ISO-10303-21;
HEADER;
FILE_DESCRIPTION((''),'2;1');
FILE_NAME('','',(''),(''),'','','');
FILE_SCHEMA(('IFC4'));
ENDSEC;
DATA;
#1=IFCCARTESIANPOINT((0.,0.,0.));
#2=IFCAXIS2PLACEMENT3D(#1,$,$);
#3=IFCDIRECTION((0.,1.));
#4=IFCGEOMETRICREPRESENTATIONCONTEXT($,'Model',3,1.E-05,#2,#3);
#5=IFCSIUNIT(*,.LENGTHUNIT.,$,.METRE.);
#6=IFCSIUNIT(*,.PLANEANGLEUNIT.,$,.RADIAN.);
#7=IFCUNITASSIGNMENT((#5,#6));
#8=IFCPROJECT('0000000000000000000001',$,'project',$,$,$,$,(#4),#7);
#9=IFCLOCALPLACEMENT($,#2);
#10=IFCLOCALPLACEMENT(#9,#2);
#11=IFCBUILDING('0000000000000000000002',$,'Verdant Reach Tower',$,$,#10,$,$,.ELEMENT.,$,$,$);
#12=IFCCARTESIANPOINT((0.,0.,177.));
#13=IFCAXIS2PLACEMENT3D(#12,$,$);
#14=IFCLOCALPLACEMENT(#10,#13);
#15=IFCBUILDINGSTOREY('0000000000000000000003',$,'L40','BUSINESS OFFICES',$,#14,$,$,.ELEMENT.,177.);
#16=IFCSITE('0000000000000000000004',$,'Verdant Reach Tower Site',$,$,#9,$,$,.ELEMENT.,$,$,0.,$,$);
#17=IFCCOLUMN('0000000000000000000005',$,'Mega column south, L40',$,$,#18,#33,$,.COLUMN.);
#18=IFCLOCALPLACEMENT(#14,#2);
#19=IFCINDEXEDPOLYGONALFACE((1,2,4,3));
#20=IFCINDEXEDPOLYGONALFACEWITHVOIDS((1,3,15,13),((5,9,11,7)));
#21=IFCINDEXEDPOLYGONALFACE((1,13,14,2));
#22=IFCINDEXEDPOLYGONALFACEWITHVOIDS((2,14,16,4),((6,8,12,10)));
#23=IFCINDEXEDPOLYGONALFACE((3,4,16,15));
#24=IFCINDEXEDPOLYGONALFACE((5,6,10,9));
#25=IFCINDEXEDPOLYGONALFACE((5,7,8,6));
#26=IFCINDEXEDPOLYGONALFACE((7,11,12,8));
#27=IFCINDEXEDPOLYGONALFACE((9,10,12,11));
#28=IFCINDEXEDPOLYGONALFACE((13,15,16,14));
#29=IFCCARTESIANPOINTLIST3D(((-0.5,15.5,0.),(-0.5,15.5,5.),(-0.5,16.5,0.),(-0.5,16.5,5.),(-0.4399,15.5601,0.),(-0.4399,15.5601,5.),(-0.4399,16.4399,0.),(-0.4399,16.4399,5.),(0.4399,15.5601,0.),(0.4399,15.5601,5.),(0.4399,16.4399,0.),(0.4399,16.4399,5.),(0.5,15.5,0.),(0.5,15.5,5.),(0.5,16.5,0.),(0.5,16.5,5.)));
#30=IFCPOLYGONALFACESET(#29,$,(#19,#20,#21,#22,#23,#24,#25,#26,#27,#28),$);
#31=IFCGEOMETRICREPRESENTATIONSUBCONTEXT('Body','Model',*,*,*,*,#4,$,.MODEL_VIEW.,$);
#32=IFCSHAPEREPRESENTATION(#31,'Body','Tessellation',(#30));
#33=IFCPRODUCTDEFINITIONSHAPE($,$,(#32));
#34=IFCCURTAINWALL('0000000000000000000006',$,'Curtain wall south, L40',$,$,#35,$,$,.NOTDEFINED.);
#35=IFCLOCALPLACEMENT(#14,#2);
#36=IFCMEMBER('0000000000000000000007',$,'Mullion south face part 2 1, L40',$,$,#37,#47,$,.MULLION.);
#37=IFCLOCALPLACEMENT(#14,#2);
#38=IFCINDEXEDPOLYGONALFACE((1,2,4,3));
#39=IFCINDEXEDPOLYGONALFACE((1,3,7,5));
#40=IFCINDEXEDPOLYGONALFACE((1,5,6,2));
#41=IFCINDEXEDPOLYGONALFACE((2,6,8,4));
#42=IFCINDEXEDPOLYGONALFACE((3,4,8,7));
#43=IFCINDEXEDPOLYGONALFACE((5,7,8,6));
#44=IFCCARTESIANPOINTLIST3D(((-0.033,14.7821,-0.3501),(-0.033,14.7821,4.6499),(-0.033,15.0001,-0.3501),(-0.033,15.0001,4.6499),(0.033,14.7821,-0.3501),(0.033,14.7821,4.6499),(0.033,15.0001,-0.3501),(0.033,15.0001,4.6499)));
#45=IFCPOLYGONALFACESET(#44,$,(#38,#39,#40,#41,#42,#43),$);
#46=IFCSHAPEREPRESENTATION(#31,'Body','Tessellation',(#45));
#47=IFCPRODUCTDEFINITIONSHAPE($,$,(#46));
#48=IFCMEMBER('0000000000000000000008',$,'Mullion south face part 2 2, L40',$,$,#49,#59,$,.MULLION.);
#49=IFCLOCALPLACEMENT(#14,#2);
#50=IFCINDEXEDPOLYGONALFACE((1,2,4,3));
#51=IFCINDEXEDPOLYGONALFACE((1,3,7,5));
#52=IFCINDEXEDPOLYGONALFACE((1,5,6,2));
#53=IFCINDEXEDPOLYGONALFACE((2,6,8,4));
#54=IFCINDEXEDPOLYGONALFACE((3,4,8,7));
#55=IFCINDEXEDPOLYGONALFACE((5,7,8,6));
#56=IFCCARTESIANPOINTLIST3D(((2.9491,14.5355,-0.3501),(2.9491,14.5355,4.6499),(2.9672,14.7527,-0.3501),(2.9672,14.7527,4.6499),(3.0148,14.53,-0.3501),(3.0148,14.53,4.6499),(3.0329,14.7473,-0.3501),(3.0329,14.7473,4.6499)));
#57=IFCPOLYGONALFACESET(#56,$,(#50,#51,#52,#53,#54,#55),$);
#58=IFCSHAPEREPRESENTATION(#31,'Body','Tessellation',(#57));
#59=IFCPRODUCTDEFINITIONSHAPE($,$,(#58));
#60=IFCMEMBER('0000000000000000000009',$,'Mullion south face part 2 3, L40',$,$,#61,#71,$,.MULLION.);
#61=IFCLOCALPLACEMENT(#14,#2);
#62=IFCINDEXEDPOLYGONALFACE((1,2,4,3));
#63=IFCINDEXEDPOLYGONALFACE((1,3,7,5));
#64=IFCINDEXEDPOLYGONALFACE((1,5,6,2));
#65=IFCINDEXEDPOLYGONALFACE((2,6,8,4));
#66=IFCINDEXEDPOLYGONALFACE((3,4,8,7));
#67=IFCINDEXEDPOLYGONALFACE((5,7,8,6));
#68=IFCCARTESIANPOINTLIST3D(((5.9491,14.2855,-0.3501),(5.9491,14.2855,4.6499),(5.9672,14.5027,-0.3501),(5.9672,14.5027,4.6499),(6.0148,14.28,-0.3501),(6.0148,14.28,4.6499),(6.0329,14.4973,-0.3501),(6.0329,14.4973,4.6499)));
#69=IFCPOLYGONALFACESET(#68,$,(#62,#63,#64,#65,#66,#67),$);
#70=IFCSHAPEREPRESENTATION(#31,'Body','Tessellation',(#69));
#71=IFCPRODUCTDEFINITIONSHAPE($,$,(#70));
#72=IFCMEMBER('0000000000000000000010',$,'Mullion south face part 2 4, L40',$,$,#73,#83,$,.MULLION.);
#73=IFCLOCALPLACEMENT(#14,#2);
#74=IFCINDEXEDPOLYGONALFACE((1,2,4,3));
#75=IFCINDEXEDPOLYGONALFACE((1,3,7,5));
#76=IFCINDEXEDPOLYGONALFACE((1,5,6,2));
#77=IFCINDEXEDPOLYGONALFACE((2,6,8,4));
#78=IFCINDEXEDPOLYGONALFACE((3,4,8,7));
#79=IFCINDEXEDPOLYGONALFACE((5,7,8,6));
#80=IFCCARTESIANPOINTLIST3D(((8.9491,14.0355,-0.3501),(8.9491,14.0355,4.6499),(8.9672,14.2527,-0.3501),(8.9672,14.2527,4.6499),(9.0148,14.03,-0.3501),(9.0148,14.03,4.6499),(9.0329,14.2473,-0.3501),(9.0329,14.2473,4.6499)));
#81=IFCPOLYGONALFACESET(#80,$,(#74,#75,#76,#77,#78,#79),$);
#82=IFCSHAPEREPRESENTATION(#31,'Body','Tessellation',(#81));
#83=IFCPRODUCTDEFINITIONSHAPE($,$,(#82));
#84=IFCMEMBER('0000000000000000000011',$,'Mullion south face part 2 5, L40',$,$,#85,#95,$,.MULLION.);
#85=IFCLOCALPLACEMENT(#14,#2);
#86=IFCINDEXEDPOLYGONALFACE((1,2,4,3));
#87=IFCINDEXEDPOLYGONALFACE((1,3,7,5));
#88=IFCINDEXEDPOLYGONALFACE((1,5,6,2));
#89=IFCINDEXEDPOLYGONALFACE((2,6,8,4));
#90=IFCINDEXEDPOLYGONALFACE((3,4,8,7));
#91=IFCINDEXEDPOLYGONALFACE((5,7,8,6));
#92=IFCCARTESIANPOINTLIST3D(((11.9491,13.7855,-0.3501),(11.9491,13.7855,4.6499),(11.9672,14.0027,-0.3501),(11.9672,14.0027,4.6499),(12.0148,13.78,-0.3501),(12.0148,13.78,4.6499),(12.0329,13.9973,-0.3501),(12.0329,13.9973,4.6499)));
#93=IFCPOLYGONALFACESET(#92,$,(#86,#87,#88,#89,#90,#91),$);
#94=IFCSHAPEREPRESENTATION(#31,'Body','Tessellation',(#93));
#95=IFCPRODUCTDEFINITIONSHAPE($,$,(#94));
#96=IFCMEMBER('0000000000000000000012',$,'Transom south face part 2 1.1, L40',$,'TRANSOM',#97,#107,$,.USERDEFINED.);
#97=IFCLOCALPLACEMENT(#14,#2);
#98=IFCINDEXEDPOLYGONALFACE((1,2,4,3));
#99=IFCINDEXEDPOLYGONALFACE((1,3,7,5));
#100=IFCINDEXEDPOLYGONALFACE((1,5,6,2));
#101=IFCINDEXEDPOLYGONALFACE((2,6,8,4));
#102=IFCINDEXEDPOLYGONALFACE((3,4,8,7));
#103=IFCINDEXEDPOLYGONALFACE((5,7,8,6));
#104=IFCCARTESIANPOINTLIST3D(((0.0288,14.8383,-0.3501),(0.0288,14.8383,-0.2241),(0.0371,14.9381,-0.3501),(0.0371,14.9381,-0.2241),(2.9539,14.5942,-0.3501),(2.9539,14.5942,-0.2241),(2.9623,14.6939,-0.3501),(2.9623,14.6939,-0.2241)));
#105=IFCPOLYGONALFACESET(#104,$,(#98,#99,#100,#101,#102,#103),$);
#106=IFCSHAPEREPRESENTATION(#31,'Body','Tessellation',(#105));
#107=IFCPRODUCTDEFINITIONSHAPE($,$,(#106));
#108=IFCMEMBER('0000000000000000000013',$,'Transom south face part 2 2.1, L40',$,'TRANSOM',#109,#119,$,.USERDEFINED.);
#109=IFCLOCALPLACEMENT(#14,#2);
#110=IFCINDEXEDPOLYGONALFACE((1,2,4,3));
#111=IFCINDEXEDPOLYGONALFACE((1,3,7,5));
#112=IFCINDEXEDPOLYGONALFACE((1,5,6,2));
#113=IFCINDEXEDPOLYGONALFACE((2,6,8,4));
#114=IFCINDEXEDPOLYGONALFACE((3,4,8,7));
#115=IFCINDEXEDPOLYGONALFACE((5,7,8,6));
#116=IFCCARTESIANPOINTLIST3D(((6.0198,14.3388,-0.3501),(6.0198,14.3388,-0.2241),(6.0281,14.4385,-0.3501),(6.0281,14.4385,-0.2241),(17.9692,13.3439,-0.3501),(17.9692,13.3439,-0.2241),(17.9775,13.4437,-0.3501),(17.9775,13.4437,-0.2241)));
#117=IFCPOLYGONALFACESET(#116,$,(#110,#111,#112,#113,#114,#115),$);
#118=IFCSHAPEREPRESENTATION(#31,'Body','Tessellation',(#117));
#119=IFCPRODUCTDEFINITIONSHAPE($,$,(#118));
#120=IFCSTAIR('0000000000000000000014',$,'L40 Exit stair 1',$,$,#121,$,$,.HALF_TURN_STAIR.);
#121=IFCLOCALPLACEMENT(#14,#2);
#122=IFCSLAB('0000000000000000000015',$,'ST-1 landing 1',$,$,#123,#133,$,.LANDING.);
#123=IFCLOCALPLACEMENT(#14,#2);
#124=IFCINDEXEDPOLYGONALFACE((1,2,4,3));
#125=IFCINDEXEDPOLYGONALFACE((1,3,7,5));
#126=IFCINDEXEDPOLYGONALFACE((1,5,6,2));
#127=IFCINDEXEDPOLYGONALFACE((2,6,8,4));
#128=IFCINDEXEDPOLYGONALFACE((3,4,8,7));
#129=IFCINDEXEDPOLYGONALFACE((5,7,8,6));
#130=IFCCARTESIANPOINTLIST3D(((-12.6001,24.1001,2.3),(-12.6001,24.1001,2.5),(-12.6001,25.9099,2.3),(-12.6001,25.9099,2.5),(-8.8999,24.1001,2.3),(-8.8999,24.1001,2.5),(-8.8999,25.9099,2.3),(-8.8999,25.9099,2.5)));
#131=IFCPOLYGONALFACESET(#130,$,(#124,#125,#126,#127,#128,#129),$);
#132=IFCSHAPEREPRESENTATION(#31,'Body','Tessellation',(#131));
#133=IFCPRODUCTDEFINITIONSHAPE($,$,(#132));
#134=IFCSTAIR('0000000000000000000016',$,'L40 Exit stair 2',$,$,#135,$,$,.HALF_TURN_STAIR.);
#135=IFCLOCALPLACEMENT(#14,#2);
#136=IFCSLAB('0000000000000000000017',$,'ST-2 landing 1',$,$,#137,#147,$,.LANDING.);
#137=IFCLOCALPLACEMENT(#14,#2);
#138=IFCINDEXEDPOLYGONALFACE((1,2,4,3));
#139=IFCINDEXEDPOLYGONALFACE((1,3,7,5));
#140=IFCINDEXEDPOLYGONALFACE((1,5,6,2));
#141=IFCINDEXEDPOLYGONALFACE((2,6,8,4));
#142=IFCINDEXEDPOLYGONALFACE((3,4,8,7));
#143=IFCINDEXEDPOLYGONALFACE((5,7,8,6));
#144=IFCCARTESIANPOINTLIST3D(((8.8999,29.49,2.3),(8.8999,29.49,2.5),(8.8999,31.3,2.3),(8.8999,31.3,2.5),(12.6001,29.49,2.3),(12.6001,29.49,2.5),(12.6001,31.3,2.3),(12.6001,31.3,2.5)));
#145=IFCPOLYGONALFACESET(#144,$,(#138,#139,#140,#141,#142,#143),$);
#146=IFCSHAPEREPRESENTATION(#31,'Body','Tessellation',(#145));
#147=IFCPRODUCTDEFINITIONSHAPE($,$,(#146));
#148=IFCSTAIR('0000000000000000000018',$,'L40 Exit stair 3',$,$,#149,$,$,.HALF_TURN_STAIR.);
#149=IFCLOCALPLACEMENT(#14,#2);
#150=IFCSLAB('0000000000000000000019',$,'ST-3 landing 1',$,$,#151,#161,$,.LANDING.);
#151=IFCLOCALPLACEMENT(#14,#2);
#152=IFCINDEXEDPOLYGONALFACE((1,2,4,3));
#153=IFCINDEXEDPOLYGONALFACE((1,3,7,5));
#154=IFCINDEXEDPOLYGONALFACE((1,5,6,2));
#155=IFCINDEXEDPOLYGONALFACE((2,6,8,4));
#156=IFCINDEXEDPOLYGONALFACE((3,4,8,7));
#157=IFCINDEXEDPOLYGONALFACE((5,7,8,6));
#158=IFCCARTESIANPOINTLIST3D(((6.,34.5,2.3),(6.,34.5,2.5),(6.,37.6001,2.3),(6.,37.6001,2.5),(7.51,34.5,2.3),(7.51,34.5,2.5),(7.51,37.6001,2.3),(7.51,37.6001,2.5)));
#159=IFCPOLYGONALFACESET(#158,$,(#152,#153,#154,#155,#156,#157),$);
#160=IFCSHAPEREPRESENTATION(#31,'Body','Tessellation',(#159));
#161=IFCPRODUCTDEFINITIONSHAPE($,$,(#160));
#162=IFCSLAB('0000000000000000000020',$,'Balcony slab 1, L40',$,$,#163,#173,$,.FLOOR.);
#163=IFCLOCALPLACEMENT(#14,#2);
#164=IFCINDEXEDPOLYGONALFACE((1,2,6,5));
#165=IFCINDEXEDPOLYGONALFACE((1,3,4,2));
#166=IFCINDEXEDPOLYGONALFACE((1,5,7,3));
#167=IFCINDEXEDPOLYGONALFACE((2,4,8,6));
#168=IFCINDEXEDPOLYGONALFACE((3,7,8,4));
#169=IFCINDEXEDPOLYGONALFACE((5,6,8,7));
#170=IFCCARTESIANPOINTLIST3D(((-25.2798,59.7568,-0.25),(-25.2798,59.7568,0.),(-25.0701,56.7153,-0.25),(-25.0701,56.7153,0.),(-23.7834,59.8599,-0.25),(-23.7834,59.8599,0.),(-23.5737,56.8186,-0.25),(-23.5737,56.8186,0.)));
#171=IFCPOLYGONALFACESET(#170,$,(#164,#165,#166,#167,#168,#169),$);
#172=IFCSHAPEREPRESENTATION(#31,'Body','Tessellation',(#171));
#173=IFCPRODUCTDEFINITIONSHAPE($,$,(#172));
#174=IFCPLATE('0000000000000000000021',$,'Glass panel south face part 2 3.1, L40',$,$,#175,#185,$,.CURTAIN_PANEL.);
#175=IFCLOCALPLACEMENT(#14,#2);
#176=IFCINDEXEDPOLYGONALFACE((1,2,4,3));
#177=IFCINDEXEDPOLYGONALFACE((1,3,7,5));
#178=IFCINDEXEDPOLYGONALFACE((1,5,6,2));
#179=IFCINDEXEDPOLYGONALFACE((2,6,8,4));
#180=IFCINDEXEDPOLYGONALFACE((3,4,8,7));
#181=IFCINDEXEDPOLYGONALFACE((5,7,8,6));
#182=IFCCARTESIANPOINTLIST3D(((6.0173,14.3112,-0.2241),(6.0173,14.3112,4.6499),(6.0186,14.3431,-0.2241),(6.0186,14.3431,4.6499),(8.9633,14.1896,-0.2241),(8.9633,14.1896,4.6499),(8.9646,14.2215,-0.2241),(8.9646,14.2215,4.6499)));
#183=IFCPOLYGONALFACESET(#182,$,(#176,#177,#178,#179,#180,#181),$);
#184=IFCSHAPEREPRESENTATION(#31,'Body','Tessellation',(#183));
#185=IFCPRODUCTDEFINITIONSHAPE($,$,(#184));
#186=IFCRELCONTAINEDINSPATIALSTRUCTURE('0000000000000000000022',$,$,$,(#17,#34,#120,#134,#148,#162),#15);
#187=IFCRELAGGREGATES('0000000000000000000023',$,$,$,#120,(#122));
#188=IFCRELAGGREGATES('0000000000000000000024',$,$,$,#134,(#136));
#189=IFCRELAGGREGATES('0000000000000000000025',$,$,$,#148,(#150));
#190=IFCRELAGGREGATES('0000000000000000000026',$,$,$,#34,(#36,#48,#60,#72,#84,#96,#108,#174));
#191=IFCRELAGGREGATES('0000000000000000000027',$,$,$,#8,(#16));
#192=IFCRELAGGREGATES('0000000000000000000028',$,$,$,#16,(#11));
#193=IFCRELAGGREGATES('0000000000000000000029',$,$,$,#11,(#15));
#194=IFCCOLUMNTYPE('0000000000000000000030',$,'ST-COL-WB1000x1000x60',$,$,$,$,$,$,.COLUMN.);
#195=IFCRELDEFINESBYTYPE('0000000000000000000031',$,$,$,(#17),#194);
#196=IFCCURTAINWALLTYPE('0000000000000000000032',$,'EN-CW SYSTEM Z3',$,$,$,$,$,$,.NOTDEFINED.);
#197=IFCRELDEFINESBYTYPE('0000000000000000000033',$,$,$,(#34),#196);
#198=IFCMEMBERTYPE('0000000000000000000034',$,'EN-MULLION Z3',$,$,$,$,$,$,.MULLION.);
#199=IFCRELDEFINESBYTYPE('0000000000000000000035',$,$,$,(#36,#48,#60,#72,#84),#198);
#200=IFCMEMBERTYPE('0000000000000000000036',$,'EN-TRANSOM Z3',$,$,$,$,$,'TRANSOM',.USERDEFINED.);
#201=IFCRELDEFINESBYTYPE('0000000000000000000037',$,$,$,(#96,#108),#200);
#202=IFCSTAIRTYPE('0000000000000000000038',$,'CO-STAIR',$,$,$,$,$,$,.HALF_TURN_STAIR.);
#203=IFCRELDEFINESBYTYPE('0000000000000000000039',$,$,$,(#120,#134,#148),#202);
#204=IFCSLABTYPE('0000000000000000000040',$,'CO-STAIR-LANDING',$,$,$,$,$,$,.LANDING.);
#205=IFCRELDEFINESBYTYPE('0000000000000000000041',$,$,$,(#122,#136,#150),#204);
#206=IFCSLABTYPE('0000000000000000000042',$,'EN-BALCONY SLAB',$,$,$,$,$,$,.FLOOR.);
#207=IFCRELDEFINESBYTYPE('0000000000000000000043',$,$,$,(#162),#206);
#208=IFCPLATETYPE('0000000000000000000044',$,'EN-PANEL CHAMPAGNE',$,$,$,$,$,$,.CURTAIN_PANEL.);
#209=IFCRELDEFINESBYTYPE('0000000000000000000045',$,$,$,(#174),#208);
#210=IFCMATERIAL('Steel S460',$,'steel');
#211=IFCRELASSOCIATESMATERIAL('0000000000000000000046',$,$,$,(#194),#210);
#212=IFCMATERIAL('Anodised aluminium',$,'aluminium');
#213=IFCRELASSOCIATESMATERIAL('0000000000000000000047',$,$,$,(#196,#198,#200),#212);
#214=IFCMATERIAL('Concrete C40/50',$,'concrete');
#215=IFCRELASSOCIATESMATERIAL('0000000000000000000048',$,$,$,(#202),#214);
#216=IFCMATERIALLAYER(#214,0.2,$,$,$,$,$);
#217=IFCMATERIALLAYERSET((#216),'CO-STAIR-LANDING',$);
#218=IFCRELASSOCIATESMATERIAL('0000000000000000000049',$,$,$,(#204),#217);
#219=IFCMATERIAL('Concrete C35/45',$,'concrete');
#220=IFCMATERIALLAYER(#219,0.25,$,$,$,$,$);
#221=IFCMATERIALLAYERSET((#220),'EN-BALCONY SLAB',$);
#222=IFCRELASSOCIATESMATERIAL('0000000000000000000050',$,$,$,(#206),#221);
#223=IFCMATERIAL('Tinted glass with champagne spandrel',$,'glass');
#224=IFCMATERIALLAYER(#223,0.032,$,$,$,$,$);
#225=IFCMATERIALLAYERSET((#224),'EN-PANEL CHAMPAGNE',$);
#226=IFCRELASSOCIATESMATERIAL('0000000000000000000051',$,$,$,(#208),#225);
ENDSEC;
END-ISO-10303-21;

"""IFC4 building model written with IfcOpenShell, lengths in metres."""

from ifc_helpers import new_model, si_unit, direction, frame, origin, origin_2d, place, context, subcontext, project, spatial, polyline, rectangle, hollow_rectangle, outline, extrude, material, layer, layer_set, material_profile, profile_set, type_object, element, aggregate, save


model = new_model("IFC4")

# Units and contexts
model_context = context("Model", 3, precision=1e-05, world=origin(), true_north=direction((0.0, 1.0)))
body_context = subcontext(model_context, "Body", "Model", "MODEL_VIEW")
ifc_project = project(units=[si_unit("LENGTHUNIT", "METRE"), si_unit("PLANEANGLEUNIT", "RADIAN")], contexts=[model_context])

# Site, building, storey
site_placement = place(None, origin())
site = spatial("IfcSite", under=ifc_project, at=site_placement, Name="Verdant Reach Tower Site", CompositionType="ELEMENT", RefElevation=0.0)
building_placement = place(site_placement, origin())
building = spatial("IfcBuilding", under=site, at=building_placement, Name="Verdant Reach Tower", CompositionType="ELEMENT")
storey_placement = place(building_placement, frame((0.0, 0.0, 177.0)))
storey = spatial("IfcBuildingStorey", under=building, at=storey_placement, Name="L40", Description="BUSINESS OFFICES", CompositionType="ELEMENT", Elevation=177.0)

# Column
ifc_material_1 = material(Name="Steel S460", Category="steel")
ifc_material_profile_1 = material_profile(ifc_material_1, hollow_rectangle(XDim=1.0, YDim=1.0, WallThickness=0.0601, at=origin_2d()), Name="WB 1000x1000x60")
ifc_profile_set_1 = profile_set([ifc_material_profile_1], Name="Steel S460")
column_type = type_object("IfcColumnType", Name="ST-COL-WB1000x1000x60", PredefinedType="COLUMN", material=ifc_profile_set_1)
column_placement = place(storey_placement, frame((0.0, 16.0, 0.0), z_axis=(0.0, 0.0, 1.0), x_axis=(1.0, 0.0, 0.0)))
element("IfcColumn", 1, at=column_placement, inside=storey, type_object=column_type, Name="Mega column south, L40", PredefinedType="COLUMN", context=body_context, shape_type="SweptSolid", body=[
    extrude(hollow_rectangle(XDim=1.0, YDim=1.0, WallThickness=0.0601, at=origin_2d()), origin(), (0.0, 0.0, 1.0), 5.0),
])

# Curtain wall, members
ifc_material_2 = material(Name="Anodised aluminium", Category="aluminium")
curtain_wall_type = type_object("IfcCurtainWallType", Name="EN-CW SYSTEM Z3", PredefinedType="NOTDEFINED", material=ifc_material_2)
curtain_wall_placement = place(storey_placement, origin())
curtain_wall = element("IfcCurtainWall", 2, at=curtain_wall_placement, inside=storey, type_object=curtain_wall_type, Name="Curtain wall south, L40", PredefinedType="NOTDEFINED")
ifc_material_profile_2 = material_profile(ifc_material_2, rectangle(XDim=0.218, YDim=0.0659, at=origin_2d()), Name="Mullion 66x218")
ifc_profile_set_2 = profile_set([ifc_material_profile_2], Name="Anodised aluminium")
member_type_1 = type_object("IfcMemberType", Name="EN-MULLION Z3", PredefinedType="MULLION", material=ifc_profile_set_2)
member_1_placement = place(storey_placement, frame((0.0, 14.8911, -0.3501), z_axis=(0.0, 0.0, 1.0), x_axis=(0.0, -1.0, 0.0)))
member_1 = element("IfcMember", 3, at=member_1_placement, type_object=member_type_1, Name="Mullion south face part 2 1, L40", PredefinedType="MULLION", context=body_context, shape_type="SweptSolid", body=[
    extrude(rectangle(XDim=0.218, YDim=0.0659, at=origin_2d()), origin(), (0.0, 0.0, 1.0), 5.0),
])
member_2_placement = place(storey_placement, frame((2.991, 14.6414, -0.3501), z_axis=(0.0, 0.0, 1.0), x_axis=(-0.083045, -0.996546, 0.0)))
member_2 = element("IfcMember", 4, at=member_2_placement, type_object=member_type_1, Name="Mullion south face part 2 2, L40", PredefinedType="MULLION", context=body_context, shape_type="SweptSolid", body=[
    extrude(rectangle(XDim=0.218, YDim=0.0659, at=origin_2d()), origin(), (0.0, 0.0, 1.0), 5.0),
])
member_3_placement = place(storey_placement, frame((5.991, 14.3914, -0.3501), z_axis=(0.0, 0.0, 1.0), x_axis=(-0.083045, -0.996546, 0.0)))
member_3 = element("IfcMember", 5, at=member_3_placement, type_object=member_type_1, Name="Mullion south face part 2 3, L40", PredefinedType="MULLION", context=body_context, shape_type="SweptSolid", body=[
    extrude(rectangle(XDim=0.218, YDim=0.0659, at=origin_2d()), origin(), (0.0, 0.0, 1.0), 5.0),
])
member_4_placement = place(storey_placement, frame((8.991, 14.1414, -0.3501), z_axis=(0.0, 0.0, 1.0), x_axis=(-0.083045, -0.996546, 0.0)))
member_4 = element("IfcMember", 6, at=member_4_placement, type_object=member_type_1, Name="Mullion south face part 2 4, L40", PredefinedType="MULLION", context=body_context, shape_type="SweptSolid", body=[
    extrude(rectangle(XDim=0.218, YDim=0.0659, at=origin_2d()), origin(), (0.0, 0.0, 1.0), 5.0),
])
member_5_placement = place(storey_placement, frame((11.991, 13.8914, -0.3501), z_axis=(0.0, 0.0, 1.0), x_axis=(-0.083045, -0.996546, 0.0)))
member_5 = element("IfcMember", 7, at=member_5_placement, type_object=member_type_1, Name="Mullion south face part 2 5, L40", PredefinedType="MULLION", context=body_context, shape_type="SweptSolid", body=[
    extrude(rectangle(XDim=0.218, YDim=0.0659, at=origin_2d()), origin(), (0.0, 0.0, 1.0), 5.0),
])
ifc_material_profile_3 = material_profile(ifc_material_2, rectangle(XDim=0.1001, YDim=0.126, at=origin_2d()), Name="Transom 126x100")
ifc_profile_set_3 = profile_set([ifc_material_profile_3], Name="Anodised aluminium")
member_type_2 = type_object("IfcMemberType", Name="EN-TRANSOM Z3", ElementType="TRANSOM", PredefinedType="USERDEFINED", material=ifc_profile_set_3)
member_6_placement = place(storey_placement, frame((0.033, 14.8882, -0.2871), z_axis=(0.996535, -0.083176, 0.0), x_axis=(0.083176, 0.996535, 0.0)))
member_6 = element("IfcMember", 8, at=member_6_placement, type_object=member_type_2, Name="Transom south face part 2 1.1, L40", ObjectType="TRANSOM", PredefinedType="USERDEFINED", context=body_context, shape_type="SweptSolid", body=[
    extrude(rectangle(XDim=0.1001, YDim=0.126, at=origin_2d()), origin(), (0.0, 0.0, 1.0), 2.9353),
])
member_7_placement = place(storey_placement, frame((6.0239, 14.3887, -0.2871), z_axis=(0.996552, -0.08297, 0.0), x_axis=(0.08297, 0.996552, 0.0)))
member_7 = element("IfcMember", 9, at=member_7_placement, type_object=member_type_2, Name="Transom south face part 2 2.1, L40", ObjectType="TRANSOM", PredefinedType="USERDEFINED", context=body_context, shape_type="SweptSolid", body=[
    extrude(rectangle(XDim=0.1001, YDim=0.126, at=origin_2d()), origin(), (0.0, 0.0, 1.0), 11.9907),
])

# Stairs, slabs
ifc_material_3 = material(Name="Concrete C40/50", Category="concrete")
stair_type = type_object("IfcStairType", Name="CO-STAIR", PredefinedType="HALF_TURN_STAIR", material=ifc_material_3)
stair_1_placement = place(storey_placement, origin())
stair_1 = element("IfcStair", 10, at=stair_1_placement, inside=storey, type_object=stair_type, Name="L40 Exit stair 1", PredefinedType="HALF_TURN_STAIR")
ifc_layer_1 = layer(ifc_material_3, 0.2)
ifc_layer_set_1 = layer_set([ifc_layer_1], Name="CO-STAIR-LANDING")
slab_type_1 = type_object("IfcSlabType", Name="CO-STAIR-LANDING", PredefinedType="LANDING", material=ifc_layer_set_1)
slab_1_placement = place(storey_placement, frame((0.0, 0.0, 2.3)))
slab_1 = element("IfcSlab", 11, at=slab_1_placement, type_object=slab_type_1, Name="ST-1 landing 1", PredefinedType="LANDING", context=body_context, shape_type="SweptSolid", body=[
    extrude(outline(polyline([(-12.6001, 25.9099), (-12.6001, 24.1001), (-8.8999, 24.1001), (-8.8999, 25.9099), (-12.6001, 25.9099)])), origin(), (0.0, 0.0, 1.0), 0.2),
])
aggregate(stair_1, [slab_1])
stair_2_placement = place(storey_placement, origin())
stair_2 = element("IfcStair", 12, at=stair_2_placement, inside=storey, type_object=stair_type, Name="L40 Exit stair 2", PredefinedType="HALF_TURN_STAIR")
slab_2_placement = place(storey_placement, frame((0.0, 0.0, 2.3)))
slab_2 = element("IfcSlab", 13, at=slab_2_placement, type_object=slab_type_1, Name="ST-2 landing 1", PredefinedType="LANDING", context=body_context, shape_type="SweptSolid", body=[
    extrude(outline(polyline([(12.6001, 29.49), (12.6001, 31.3), (8.8999, 31.3), (8.8999, 29.49), (12.6001, 29.49)])), origin(), (0.0, 0.0, 1.0), 0.2),
])
aggregate(stair_2, [slab_2])
stair_3_placement = place(storey_placement, origin())
stair_3 = element("IfcStair", 14, at=stair_3_placement, inside=storey, type_object=stair_type, Name="L40 Exit stair 3", PredefinedType="HALF_TURN_STAIR")
slab_3_placement = place(storey_placement, frame((0.0, 0.0, 2.3)))
slab_3 = element("IfcSlab", 15, at=slab_3_placement, type_object=slab_type_1, Name="ST-3 landing 1", PredefinedType="LANDING", context=body_context, shape_type="SweptSolid", body=[
    extrude(outline(polyline([(7.51, 37.6001), (6.0, 37.6001), (6.0, 34.5), (7.51, 34.5), (7.51, 37.6001)])), origin(), (0.0, 0.0, 1.0), 0.2),
])
aggregate(stair_3, [slab_3])

# Slab
ifc_material_4 = material(Name="Concrete C35/45", Category="concrete")
ifc_layer_2 = layer(ifc_material_4, 0.25)
ifc_layer_set_2 = layer_set([ifc_layer_2], Name="EN-BALCONY SLAB")
slab_type_2 = type_object("IfcSlabType", Name="EN-BALCONY SLAB", PredefinedType="FLOOR", material=ifc_layer_set_2)
slab_4_placement = place(storey_placement, frame((0.0, 0.0, -0.25)))
element("IfcSlab", 16, at=slab_4_placement, inside=storey, type_object=slab_type_2, Name="Balcony slab 1, L40", PredefinedType="FLOOR", context=body_context, shape_type="SweptSolid", body=[
    extrude(outline(polyline([(-23.7834, 59.8599), (-23.5737, 56.8186), (-25.0701, 56.7153), (-25.2798, 59.7568), (-23.7834, 59.8599)])), origin(), (0.0, 0.0, 1.0), 0.25),
])

# Plate
ifc_material_5 = material(Name="Tinted glass with champagne spandrel", Category="glass")
ifc_layer_3 = layer(ifc_material_5, 0.032)
ifc_layer_set_3 = layer_set([ifc_layer_3], Name="EN-PANEL CHAMPAGNE")
plate_type_1 = type_object("IfcPlateType", Name="EN-PANEL CHAMPAGNE", PredefinedType="CURTAIN_PANEL", material=ifc_layer_set_3)
plate_1_placement = place(storey_placement, frame((7.491, 14.2664, -0.2241), z_axis=(0.0, 0.0, 1.0), x_axis=(0.999149, -0.041242, 0.0)))
plate_1 = element("IfcPlate", 17, at=plate_1_placement, type_object=plate_type_1, Name="Glass panel south face part 2 3.1, L40", PredefinedType="CURTAIN_PANEL", context=body_context, shape_type="SweptSolid", body=[
    extrude(rectangle(XDim=2.9485, YDim=0.032, at=origin_2d()), origin(), (0.0, 0.0, 1.0), 4.874),
])
aggregate(curtain_wall, [member_1, member_2, member_3, member_4, member_5, member_6, member_7, plate_1])

save(model, "model.ifc")
